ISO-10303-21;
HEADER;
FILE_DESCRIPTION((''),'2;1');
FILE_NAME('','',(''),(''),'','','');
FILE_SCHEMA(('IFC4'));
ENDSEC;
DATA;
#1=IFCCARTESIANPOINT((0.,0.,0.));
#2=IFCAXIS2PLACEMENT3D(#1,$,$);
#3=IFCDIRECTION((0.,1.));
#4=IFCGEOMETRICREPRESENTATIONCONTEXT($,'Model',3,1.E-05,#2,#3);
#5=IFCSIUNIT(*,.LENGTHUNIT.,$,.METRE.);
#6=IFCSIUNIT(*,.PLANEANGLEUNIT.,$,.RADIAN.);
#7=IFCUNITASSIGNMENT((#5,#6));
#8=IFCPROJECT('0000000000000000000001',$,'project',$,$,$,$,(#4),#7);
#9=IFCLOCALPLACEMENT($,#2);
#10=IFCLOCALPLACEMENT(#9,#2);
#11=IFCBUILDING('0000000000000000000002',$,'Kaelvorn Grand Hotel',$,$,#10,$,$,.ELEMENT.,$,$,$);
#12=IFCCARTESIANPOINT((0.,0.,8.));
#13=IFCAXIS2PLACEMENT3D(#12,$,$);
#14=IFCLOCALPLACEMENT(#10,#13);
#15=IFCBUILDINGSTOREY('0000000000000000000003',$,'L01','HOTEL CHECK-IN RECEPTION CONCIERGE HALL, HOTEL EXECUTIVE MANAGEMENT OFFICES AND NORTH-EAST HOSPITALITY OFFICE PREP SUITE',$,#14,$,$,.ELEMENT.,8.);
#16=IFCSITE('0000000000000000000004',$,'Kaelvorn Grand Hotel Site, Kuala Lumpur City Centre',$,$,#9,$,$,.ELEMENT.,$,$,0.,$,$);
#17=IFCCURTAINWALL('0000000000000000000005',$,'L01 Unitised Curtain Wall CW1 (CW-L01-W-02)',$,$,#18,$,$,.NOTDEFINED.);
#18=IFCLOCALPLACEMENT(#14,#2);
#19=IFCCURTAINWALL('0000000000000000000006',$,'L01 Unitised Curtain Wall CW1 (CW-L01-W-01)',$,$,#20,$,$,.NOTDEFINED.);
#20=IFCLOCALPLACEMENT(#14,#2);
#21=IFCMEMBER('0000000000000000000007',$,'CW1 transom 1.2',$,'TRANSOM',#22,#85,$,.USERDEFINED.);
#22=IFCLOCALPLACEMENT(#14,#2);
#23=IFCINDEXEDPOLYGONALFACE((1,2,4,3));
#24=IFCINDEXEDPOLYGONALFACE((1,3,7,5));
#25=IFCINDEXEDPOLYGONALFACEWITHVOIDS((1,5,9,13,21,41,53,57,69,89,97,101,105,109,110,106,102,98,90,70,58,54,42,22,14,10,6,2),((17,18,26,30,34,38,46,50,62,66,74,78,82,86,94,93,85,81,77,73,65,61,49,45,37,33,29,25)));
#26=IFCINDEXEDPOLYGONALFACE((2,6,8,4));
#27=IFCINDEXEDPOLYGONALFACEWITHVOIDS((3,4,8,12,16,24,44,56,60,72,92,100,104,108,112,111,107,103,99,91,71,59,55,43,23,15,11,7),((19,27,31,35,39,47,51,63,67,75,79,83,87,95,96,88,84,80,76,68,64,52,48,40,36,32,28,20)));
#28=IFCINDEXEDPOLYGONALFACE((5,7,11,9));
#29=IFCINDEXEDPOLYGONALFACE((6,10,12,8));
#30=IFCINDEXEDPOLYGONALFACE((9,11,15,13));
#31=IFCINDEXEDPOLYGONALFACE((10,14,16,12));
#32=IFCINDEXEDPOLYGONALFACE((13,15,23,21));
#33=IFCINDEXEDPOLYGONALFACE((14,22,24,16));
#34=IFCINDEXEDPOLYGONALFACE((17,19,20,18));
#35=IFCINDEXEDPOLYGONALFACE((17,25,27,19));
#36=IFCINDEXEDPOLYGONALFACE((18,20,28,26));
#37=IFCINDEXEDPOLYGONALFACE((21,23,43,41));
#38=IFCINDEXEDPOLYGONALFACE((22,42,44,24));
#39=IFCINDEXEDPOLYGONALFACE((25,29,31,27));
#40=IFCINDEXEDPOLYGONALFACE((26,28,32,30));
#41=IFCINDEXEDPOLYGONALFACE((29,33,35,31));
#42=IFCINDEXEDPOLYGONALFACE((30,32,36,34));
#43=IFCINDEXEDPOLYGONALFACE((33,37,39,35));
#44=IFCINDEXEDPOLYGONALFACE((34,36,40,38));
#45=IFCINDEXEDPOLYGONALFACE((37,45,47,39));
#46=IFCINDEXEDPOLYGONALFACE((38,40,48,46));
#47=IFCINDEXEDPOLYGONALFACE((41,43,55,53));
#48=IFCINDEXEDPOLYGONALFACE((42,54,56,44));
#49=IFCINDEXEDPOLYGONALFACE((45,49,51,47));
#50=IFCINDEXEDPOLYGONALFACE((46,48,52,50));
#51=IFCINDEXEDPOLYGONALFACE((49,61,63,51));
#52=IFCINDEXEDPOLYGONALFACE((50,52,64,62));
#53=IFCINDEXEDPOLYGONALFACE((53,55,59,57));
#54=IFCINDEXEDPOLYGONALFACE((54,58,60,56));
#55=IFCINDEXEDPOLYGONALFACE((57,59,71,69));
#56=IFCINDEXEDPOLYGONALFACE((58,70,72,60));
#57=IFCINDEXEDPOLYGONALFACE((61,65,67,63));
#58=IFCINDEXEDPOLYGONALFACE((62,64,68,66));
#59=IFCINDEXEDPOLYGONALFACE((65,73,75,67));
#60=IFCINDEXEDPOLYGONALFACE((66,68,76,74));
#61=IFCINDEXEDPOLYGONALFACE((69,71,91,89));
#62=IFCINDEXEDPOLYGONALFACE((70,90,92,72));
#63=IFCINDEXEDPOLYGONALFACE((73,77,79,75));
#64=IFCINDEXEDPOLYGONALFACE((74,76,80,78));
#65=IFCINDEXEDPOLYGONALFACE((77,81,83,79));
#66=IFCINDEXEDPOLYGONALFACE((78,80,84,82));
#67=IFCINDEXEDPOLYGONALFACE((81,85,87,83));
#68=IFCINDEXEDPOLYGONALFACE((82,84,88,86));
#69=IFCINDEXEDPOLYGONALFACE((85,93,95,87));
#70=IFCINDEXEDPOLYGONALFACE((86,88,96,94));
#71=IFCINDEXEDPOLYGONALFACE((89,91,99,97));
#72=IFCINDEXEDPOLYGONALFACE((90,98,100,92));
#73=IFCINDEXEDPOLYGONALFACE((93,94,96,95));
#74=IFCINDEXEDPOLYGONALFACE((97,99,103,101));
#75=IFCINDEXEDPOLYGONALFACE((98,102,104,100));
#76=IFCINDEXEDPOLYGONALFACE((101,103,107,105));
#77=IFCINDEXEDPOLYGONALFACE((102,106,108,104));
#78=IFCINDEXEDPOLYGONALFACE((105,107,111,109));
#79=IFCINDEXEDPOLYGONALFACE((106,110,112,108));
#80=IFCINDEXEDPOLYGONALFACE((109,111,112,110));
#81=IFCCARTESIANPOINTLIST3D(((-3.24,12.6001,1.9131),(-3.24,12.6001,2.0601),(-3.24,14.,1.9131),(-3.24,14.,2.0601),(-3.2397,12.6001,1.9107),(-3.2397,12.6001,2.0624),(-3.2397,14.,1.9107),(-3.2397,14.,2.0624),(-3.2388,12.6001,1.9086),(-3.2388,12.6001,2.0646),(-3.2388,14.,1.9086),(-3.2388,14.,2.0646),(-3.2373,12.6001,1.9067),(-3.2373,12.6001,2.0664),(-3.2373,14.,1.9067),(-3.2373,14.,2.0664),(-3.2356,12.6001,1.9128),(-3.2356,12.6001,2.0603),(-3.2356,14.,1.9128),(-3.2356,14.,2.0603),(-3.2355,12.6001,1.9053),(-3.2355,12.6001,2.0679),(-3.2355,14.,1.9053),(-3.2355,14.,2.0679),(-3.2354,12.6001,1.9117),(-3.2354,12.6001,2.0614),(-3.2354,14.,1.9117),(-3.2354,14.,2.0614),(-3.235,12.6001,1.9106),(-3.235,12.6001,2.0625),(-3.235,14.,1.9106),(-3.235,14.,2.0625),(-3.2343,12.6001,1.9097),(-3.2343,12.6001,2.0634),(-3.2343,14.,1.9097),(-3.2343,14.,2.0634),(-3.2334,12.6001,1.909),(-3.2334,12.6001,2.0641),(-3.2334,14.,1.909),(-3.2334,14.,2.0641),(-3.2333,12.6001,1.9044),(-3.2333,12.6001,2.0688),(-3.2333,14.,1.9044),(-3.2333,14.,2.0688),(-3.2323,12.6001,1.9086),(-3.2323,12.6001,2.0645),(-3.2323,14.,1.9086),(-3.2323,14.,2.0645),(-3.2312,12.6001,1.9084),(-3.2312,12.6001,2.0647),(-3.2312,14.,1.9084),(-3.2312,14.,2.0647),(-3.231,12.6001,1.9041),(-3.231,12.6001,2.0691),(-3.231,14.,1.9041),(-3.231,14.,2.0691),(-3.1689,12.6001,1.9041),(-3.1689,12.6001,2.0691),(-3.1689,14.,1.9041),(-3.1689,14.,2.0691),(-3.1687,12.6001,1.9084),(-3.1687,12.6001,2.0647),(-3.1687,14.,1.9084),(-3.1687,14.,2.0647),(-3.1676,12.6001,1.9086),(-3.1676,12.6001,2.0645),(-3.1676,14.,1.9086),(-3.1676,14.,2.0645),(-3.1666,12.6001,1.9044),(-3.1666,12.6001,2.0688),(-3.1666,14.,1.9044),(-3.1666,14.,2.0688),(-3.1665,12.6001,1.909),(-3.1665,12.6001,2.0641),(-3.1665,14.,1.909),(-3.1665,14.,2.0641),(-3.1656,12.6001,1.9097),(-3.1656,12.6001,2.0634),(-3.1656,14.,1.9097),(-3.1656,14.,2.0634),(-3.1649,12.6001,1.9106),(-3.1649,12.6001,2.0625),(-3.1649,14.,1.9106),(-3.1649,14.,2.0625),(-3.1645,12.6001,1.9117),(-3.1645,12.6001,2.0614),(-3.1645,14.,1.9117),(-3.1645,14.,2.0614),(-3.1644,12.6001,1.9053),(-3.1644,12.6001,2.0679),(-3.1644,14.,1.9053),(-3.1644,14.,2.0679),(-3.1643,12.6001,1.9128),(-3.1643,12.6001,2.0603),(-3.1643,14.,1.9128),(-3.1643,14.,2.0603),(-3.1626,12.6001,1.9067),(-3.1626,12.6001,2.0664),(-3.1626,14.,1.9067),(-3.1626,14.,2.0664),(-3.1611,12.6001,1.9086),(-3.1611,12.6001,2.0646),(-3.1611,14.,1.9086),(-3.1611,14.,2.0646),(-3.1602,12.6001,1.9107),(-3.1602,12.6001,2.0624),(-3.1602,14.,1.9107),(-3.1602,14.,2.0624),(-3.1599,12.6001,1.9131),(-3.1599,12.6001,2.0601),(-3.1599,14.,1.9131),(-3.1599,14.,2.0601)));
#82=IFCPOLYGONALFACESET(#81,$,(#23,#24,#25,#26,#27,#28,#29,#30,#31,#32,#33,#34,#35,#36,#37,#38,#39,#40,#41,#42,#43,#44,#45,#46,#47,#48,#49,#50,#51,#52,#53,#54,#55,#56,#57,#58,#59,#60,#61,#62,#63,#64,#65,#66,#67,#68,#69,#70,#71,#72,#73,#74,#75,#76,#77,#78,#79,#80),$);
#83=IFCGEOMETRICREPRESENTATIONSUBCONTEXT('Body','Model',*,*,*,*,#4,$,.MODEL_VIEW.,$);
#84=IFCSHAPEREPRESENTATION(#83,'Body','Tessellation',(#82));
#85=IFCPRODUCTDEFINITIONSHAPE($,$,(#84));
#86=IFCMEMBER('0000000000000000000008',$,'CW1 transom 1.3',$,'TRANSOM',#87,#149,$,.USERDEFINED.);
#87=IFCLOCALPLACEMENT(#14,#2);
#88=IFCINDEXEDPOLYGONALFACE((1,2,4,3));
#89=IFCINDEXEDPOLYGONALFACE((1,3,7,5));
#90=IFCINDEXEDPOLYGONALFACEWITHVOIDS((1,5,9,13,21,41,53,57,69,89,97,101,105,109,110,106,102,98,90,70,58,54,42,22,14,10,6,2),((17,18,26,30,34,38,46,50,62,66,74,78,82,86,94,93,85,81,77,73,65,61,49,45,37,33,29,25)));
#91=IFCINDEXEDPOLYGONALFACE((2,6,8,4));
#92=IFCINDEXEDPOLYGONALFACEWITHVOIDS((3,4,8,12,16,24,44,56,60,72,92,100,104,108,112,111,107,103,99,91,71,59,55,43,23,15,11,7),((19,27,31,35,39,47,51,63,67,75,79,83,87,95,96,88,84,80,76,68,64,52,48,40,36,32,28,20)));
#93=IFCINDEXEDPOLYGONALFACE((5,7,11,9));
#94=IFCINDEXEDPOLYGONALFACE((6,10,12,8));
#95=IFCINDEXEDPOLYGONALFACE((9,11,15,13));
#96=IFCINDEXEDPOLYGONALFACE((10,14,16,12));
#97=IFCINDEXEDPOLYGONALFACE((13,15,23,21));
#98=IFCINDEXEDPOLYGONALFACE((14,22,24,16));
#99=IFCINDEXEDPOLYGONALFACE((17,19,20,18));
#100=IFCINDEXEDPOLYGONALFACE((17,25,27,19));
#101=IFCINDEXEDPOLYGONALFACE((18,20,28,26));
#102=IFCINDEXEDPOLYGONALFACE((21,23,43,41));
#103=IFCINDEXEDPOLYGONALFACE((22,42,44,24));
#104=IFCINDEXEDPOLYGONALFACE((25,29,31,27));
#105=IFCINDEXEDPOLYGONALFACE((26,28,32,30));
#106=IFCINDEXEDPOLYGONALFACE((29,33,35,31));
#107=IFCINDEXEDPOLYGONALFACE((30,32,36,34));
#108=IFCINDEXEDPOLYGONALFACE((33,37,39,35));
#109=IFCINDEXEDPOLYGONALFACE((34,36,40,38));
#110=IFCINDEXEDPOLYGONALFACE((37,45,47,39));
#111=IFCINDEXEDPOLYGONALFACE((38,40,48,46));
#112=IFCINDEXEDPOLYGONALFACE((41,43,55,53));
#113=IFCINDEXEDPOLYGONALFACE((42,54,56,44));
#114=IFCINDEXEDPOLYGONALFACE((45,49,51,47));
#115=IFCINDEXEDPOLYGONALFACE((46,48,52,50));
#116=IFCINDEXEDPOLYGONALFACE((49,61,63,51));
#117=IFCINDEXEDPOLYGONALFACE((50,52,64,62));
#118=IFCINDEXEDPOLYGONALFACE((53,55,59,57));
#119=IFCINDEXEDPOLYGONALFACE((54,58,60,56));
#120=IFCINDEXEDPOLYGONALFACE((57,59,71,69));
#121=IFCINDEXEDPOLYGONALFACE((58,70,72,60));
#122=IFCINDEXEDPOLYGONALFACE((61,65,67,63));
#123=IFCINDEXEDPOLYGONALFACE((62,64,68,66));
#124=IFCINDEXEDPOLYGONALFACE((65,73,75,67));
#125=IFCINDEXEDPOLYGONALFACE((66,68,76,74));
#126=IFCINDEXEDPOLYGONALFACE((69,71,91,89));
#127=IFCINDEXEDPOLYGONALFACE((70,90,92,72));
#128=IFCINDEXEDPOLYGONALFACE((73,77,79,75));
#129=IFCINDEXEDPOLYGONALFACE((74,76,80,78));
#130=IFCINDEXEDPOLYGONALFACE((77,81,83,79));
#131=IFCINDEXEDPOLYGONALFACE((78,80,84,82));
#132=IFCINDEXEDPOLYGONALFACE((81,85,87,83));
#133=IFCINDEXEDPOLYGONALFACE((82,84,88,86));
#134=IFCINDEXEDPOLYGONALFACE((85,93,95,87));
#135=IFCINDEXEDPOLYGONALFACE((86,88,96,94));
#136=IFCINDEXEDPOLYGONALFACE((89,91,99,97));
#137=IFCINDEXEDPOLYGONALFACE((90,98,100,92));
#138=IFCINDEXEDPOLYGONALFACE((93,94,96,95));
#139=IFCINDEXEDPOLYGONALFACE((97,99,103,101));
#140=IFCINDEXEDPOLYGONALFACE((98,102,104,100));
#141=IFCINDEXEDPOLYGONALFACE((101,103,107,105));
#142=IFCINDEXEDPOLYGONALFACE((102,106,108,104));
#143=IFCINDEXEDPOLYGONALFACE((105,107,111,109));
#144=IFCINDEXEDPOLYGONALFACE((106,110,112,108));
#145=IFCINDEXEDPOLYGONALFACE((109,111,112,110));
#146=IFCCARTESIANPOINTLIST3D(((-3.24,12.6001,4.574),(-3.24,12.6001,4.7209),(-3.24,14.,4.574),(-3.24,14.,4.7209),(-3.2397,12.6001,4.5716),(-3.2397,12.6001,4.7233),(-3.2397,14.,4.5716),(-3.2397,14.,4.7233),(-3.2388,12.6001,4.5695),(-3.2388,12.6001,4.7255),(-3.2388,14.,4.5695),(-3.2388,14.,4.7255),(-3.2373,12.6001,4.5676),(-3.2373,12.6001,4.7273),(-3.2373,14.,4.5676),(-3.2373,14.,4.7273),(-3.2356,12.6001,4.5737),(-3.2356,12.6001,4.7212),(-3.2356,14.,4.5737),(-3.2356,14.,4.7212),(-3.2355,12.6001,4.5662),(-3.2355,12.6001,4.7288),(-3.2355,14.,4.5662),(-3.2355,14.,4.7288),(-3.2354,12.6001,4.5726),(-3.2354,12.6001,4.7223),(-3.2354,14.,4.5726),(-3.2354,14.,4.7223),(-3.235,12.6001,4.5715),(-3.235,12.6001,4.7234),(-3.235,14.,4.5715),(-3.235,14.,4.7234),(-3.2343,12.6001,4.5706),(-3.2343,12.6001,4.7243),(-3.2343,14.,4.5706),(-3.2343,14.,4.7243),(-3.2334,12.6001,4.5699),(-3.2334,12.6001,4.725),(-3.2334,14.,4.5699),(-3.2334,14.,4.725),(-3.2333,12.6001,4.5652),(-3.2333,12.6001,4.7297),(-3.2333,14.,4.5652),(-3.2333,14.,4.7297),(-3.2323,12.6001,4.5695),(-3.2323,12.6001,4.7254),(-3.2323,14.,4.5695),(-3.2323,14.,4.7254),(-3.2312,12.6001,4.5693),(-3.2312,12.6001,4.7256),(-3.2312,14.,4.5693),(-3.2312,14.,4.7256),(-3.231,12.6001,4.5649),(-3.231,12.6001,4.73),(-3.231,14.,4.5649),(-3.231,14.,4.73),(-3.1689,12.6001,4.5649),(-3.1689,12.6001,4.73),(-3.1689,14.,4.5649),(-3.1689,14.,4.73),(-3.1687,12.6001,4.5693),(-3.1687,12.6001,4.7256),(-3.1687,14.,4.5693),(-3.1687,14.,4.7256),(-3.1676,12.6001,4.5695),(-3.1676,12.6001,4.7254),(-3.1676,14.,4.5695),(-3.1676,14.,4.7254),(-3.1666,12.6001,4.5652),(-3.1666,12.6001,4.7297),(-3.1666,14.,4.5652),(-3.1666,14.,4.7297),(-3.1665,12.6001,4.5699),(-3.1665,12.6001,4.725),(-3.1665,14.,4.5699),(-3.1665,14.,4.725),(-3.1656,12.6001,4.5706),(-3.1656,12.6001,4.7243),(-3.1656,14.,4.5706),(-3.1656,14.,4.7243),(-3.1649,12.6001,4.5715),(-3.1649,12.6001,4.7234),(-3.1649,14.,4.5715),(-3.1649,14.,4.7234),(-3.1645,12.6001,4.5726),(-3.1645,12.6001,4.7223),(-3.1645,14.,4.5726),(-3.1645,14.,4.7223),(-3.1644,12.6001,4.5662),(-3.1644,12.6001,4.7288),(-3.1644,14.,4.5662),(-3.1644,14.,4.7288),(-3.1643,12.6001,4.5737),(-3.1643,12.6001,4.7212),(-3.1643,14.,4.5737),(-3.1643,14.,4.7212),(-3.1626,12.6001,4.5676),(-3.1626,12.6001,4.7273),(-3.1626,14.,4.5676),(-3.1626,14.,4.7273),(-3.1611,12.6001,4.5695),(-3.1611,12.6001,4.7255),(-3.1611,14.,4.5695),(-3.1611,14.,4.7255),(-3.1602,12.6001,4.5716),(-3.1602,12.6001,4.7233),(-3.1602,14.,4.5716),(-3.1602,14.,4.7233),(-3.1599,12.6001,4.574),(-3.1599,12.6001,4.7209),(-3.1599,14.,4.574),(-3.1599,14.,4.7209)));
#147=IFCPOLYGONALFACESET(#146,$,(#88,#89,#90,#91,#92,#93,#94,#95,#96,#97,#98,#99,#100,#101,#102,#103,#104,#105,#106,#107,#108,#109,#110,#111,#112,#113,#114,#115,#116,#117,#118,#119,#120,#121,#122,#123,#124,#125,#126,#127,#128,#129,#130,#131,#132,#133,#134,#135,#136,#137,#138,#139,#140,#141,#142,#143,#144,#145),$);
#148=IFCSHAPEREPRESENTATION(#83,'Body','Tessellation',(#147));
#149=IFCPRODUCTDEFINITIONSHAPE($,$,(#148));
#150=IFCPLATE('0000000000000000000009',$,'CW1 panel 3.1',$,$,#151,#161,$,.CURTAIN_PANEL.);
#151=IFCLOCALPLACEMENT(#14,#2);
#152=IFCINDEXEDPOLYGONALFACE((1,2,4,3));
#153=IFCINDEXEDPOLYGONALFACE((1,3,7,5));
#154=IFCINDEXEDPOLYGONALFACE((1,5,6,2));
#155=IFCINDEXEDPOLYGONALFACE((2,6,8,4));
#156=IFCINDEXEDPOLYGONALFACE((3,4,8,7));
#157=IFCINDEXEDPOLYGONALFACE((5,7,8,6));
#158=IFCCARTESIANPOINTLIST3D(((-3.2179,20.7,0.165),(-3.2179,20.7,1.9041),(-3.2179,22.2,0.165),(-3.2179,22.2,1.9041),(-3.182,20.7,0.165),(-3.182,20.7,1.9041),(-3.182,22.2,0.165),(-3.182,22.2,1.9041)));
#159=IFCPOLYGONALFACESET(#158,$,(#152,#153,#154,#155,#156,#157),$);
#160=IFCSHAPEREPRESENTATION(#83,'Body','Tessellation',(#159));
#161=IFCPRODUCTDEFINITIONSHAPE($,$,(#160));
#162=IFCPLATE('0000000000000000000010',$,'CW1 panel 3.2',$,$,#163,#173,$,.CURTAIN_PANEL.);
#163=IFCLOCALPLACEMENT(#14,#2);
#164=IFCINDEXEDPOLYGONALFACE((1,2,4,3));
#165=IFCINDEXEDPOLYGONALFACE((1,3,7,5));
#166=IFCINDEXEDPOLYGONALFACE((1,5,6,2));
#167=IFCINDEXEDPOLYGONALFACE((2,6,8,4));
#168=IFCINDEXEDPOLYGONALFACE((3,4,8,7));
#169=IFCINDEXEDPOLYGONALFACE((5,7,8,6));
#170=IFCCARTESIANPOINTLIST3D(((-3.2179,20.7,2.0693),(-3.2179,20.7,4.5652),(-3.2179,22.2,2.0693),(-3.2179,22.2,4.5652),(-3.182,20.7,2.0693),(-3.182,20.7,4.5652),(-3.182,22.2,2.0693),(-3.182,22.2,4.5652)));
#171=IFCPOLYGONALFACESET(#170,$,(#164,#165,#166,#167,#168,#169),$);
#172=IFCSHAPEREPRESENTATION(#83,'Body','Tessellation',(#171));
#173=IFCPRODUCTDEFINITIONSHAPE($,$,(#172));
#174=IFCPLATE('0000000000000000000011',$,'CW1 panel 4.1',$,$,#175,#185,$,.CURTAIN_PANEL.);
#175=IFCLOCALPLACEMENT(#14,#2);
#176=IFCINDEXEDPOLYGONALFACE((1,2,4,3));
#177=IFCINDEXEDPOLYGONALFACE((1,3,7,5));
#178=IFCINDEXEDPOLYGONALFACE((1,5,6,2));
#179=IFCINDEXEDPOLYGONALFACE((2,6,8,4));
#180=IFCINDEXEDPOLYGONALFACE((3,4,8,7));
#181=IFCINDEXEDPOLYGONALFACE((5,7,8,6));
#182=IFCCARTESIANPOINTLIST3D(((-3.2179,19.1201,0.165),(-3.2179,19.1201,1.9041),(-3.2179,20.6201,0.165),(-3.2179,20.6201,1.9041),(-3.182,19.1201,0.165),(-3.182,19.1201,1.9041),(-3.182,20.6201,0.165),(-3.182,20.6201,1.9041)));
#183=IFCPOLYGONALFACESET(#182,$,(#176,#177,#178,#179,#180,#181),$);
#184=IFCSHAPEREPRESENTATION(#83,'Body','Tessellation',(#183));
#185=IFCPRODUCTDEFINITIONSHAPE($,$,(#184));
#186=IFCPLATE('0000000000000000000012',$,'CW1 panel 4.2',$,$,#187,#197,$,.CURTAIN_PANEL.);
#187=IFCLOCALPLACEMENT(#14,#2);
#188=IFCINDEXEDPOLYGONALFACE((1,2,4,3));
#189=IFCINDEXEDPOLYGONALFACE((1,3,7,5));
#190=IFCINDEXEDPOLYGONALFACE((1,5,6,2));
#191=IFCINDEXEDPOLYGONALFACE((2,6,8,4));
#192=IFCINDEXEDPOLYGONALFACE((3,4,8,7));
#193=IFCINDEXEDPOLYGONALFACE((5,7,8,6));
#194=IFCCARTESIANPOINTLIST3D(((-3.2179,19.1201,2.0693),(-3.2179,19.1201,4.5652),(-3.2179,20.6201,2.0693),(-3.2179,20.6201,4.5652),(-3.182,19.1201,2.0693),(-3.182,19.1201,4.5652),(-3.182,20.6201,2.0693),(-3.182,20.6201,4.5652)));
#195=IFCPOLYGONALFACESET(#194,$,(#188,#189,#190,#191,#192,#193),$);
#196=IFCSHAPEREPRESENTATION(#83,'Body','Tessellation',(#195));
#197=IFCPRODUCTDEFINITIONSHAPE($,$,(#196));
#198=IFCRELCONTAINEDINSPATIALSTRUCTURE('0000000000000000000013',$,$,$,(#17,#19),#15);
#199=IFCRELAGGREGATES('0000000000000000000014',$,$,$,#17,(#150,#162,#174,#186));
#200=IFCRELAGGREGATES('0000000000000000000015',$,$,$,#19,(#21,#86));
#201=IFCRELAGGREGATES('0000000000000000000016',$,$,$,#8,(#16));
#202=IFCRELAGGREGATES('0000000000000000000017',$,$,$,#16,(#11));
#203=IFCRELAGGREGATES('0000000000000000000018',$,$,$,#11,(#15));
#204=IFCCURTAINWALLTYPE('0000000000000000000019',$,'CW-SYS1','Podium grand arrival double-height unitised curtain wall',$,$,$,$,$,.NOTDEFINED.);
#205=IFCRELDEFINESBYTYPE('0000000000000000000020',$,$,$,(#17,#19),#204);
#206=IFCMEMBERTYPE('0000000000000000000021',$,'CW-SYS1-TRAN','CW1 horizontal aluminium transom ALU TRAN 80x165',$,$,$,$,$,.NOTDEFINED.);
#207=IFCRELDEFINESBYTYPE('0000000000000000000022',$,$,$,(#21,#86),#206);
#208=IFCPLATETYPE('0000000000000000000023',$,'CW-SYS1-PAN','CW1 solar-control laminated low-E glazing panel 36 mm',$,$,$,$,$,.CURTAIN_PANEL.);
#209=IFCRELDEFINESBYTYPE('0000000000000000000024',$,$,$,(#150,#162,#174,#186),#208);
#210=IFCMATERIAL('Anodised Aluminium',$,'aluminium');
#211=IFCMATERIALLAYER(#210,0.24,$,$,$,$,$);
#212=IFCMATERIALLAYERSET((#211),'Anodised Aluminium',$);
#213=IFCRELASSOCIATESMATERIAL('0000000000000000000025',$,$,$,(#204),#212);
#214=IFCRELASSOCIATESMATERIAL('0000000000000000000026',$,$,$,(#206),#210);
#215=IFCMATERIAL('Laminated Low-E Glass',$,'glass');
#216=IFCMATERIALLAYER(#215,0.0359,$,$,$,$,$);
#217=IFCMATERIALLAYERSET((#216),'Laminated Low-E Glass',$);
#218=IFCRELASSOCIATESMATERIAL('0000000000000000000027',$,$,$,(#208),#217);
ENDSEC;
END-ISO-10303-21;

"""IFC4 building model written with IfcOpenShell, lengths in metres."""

from ifc_helpers import new_model, si_unit, direction, frame, origin, origin_2d, place, context, subcontext, project, spatial, rectangle, hollow_rectangle, extrude, material, layer, layer_set, material_profile, profile_set, type_object, element, aggregate, save


model = new_model("IFC4")

# Units and contexts
model_context = context("Model", 3, precision=1e-05, world=origin(), true_north=direction((0.0, 1.0)))
body_context = subcontext(model_context, "Body", "Model", "MODEL_VIEW")
ifc_project = project(units=[si_unit("LENGTHUNIT", "METRE"), si_unit("PLANEANGLEUNIT", "RADIAN")], contexts=[model_context])

# Site, building, storey
site_placement = place(None, origin())
site = spatial("IfcSite", under=ifc_project, at=site_placement, Name="Kaelvorn Grand Hotel Site, Kuala Lumpur City Centre", CompositionType="ELEMENT", RefElevation=0.0)
building_placement = place(site_placement, origin())
building = spatial("IfcBuilding", under=site, at=building_placement, Name="Kaelvorn Grand Hotel", CompositionType="ELEMENT")
storey_placement = place(building_placement, frame((0.0, 0.0, 8.0)))
storey = spatial("IfcBuildingStorey", under=building, at=storey_placement, Name="L01", Description="HOTEL CHECK-IN RECEPTION CONCIERGE HALL, HOTEL EXECUTIVE MANAGEMENT OFFICES AND NORTH-EAST HOSPITALITY OFFICE PREP SUITE", CompositionType="ELEMENT", Elevation=8.0)

# Curtain wall
ifc_material_1 = material(Name="Anodised Aluminium", Category="aluminium")
ifc_layer_1 = layer(ifc_material_1, 0.24)
ifc_layer_set_1 = layer_set([ifc_layer_1], Name="Anodised Aluminium")
curtain_wall_type = type_object("IfcCurtainWallType", Name="CW-SYS1", Description="Podium grand arrival double-height unitised curtain wall", PredefinedType="NOTDEFINED", material=ifc_layer_set_1)
curtain_wall_1_placement = place(storey_placement, origin())
curtain_wall_1 = element("IfcCurtainWall", 1, at=curtain_wall_1_placement, inside=storey, type_object=curtain_wall_type, Name="L01 Unitised Curtain Wall CW1 (CW-L01-W-02)", PredefinedType="NOTDEFINED")

# Curtain wall
curtain_wall_2_placement = place(storey_placement, origin())
curtain_wall_2 = element("IfcCurtainWall", 2, at=curtain_wall_2_placement, inside=storey, type_object=curtain_wall_type, Name="L01 Unitised Curtain Wall CW1 (CW-L01-W-01)", PredefinedType="NOTDEFINED")

# Members
ifc_material_profile_1 = material_profile(ifc_material_1, hollow_rectangle(XDim=0.0801, YDim=0.165, WallThickness=0.0044, InnerFilletRadius=0.0044, OuterFilletRadius=0.009, at=origin_2d()), Name="ALU TRAN 80x165")
ifc_profile_set_1 = profile_set([ifc_material_profile_1], Name="Anodised Aluminium")
member_type_1 = type_object("IfcMemberType", Name="CW-SYS1-TRAN", Description="CW1 horizontal aluminium transom ALU TRAN 80x165", PredefinedType="NOTDEFINED", material=ifc_profile_set_1)
member_1_placement = place(storey_placement, frame((-3.2, 14.0, 1.9866), z_axis=(0.0, -1.0, 0.0), x_axis=(1.0, 0.0, 0.0)))
member_1 = element("IfcMember", 3, at=member_1_placement, type_object=member_type_1, Name="CW1 transom 1.2", ObjectType="TRANSOM", PredefinedType="USERDEFINED", context=body_context, shape_type="SweptSolid", body=[
    extrude(hollow_rectangle(XDim=0.0801, YDim=0.165, WallThickness=0.0044, InnerFilletRadius=0.0044, OuterFilletRadius=0.009, at=origin_2d()), origin(), (0.0, 0.0, 1.0), 1.3999),
])
member_2_placement = place(storey_placement, frame((-3.2, 14.0, 4.6475), z_axis=(0.0, -1.0, 0.0), x_axis=(1.0, 0.0, 0.0)))
member_2 = element("IfcMember", 4, at=member_2_placement, type_object=member_type_1, Name="CW1 transom 1.3", ObjectType="TRANSOM", PredefinedType="USERDEFINED", context=body_context, shape_type="SweptSolid", body=[
    extrude(hollow_rectangle(XDim=0.0801, YDim=0.165, WallThickness=0.0044, InnerFilletRadius=0.0044, OuterFilletRadius=0.009, at=origin_2d()), origin(), (0.0, 0.0, 1.0), 1.3999),
])

# Plates
ifc_material_2 = material(Name="Laminated Low-E Glass", Category="glass")
ifc_layer_2 = layer(ifc_material_2, 0.0359)
ifc_layer_set_2 = layer_set([ifc_layer_2], Name="Laminated Low-E Glass")
plate_type = type_object("IfcPlateType", Name="CW-SYS1-PAN", Description="CW1 solar-control laminated low-E glazing panel 36 mm", PredefinedType="CURTAIN_PANEL", material=ifc_layer_set_2)
plate_1_placement = place(storey_placement, frame((-3.2, 21.45, 0.165), z_axis=(0.0, 0.0, 1.0), x_axis=(0.0, -1.0, 0.0)))
plate_1 = element("IfcPlate", 5, at=plate_1_placement, type_object=plate_type, Name="CW1 panel 3.1", PredefinedType="CURTAIN_PANEL", context=body_context, shape_type="SweptSolid", body=[
    extrude(rectangle(XDim=1.5, YDim=0.0359, at=origin_2d()), origin(), (0.0, 0.0, 1.0), 1.739),
])
plate_2_placement = place(storey_placement, frame((-3.2, 21.45, 2.0693), z_axis=(0.0, 0.0, 1.0), x_axis=(0.0, -1.0, 0.0)))
plate_2 = element("IfcPlate", 6, at=plate_2_placement, type_object=plate_type, Name="CW1 panel 3.2", PredefinedType="CURTAIN_PANEL", context=body_context, shape_type="SweptSolid", body=[
    extrude(rectangle(XDim=1.5, YDim=0.0359, at=origin_2d()), origin(), (0.0, 0.0, 1.0), 2.4958),
])
plate_3_placement = place(storey_placement, frame((-3.2, 19.8701, 0.165), z_axis=(0.0, 0.0, 1.0), x_axis=(0.0, -1.0, 0.0)))
plate_3 = element("IfcPlate", 7, at=plate_3_placement, type_object=plate_type, Name="CW1 panel 4.1", PredefinedType="CURTAIN_PANEL", context=body_context, shape_type="SweptSolid", body=[
    extrude(rectangle(XDim=1.5, YDim=0.0359, at=origin_2d()), origin(), (0.0, 0.0, 1.0), 1.739),
])
plate_4_placement = place(storey_placement, frame((-3.2, 19.8701, 2.0693), z_axis=(0.0, 0.0, 1.0), x_axis=(0.0, -1.0, 0.0)))
plate_4 = element("IfcPlate", 8, at=plate_4_placement, type_object=plate_type, Name="CW1 panel 4.2", PredefinedType="CURTAIN_PANEL", context=body_context, shape_type="SweptSolid", body=[
    extrude(rectangle(XDim=1.5, YDim=0.0359, at=origin_2d()), origin(), (0.0, 0.0, 1.0), 2.4958),
])
aggregate(curtain_wall_1, [plate_1, plate_2, plate_3, plate_4])
aggregate(curtain_wall_2, [member_1, member_2])

save(model, "model.ifc")
